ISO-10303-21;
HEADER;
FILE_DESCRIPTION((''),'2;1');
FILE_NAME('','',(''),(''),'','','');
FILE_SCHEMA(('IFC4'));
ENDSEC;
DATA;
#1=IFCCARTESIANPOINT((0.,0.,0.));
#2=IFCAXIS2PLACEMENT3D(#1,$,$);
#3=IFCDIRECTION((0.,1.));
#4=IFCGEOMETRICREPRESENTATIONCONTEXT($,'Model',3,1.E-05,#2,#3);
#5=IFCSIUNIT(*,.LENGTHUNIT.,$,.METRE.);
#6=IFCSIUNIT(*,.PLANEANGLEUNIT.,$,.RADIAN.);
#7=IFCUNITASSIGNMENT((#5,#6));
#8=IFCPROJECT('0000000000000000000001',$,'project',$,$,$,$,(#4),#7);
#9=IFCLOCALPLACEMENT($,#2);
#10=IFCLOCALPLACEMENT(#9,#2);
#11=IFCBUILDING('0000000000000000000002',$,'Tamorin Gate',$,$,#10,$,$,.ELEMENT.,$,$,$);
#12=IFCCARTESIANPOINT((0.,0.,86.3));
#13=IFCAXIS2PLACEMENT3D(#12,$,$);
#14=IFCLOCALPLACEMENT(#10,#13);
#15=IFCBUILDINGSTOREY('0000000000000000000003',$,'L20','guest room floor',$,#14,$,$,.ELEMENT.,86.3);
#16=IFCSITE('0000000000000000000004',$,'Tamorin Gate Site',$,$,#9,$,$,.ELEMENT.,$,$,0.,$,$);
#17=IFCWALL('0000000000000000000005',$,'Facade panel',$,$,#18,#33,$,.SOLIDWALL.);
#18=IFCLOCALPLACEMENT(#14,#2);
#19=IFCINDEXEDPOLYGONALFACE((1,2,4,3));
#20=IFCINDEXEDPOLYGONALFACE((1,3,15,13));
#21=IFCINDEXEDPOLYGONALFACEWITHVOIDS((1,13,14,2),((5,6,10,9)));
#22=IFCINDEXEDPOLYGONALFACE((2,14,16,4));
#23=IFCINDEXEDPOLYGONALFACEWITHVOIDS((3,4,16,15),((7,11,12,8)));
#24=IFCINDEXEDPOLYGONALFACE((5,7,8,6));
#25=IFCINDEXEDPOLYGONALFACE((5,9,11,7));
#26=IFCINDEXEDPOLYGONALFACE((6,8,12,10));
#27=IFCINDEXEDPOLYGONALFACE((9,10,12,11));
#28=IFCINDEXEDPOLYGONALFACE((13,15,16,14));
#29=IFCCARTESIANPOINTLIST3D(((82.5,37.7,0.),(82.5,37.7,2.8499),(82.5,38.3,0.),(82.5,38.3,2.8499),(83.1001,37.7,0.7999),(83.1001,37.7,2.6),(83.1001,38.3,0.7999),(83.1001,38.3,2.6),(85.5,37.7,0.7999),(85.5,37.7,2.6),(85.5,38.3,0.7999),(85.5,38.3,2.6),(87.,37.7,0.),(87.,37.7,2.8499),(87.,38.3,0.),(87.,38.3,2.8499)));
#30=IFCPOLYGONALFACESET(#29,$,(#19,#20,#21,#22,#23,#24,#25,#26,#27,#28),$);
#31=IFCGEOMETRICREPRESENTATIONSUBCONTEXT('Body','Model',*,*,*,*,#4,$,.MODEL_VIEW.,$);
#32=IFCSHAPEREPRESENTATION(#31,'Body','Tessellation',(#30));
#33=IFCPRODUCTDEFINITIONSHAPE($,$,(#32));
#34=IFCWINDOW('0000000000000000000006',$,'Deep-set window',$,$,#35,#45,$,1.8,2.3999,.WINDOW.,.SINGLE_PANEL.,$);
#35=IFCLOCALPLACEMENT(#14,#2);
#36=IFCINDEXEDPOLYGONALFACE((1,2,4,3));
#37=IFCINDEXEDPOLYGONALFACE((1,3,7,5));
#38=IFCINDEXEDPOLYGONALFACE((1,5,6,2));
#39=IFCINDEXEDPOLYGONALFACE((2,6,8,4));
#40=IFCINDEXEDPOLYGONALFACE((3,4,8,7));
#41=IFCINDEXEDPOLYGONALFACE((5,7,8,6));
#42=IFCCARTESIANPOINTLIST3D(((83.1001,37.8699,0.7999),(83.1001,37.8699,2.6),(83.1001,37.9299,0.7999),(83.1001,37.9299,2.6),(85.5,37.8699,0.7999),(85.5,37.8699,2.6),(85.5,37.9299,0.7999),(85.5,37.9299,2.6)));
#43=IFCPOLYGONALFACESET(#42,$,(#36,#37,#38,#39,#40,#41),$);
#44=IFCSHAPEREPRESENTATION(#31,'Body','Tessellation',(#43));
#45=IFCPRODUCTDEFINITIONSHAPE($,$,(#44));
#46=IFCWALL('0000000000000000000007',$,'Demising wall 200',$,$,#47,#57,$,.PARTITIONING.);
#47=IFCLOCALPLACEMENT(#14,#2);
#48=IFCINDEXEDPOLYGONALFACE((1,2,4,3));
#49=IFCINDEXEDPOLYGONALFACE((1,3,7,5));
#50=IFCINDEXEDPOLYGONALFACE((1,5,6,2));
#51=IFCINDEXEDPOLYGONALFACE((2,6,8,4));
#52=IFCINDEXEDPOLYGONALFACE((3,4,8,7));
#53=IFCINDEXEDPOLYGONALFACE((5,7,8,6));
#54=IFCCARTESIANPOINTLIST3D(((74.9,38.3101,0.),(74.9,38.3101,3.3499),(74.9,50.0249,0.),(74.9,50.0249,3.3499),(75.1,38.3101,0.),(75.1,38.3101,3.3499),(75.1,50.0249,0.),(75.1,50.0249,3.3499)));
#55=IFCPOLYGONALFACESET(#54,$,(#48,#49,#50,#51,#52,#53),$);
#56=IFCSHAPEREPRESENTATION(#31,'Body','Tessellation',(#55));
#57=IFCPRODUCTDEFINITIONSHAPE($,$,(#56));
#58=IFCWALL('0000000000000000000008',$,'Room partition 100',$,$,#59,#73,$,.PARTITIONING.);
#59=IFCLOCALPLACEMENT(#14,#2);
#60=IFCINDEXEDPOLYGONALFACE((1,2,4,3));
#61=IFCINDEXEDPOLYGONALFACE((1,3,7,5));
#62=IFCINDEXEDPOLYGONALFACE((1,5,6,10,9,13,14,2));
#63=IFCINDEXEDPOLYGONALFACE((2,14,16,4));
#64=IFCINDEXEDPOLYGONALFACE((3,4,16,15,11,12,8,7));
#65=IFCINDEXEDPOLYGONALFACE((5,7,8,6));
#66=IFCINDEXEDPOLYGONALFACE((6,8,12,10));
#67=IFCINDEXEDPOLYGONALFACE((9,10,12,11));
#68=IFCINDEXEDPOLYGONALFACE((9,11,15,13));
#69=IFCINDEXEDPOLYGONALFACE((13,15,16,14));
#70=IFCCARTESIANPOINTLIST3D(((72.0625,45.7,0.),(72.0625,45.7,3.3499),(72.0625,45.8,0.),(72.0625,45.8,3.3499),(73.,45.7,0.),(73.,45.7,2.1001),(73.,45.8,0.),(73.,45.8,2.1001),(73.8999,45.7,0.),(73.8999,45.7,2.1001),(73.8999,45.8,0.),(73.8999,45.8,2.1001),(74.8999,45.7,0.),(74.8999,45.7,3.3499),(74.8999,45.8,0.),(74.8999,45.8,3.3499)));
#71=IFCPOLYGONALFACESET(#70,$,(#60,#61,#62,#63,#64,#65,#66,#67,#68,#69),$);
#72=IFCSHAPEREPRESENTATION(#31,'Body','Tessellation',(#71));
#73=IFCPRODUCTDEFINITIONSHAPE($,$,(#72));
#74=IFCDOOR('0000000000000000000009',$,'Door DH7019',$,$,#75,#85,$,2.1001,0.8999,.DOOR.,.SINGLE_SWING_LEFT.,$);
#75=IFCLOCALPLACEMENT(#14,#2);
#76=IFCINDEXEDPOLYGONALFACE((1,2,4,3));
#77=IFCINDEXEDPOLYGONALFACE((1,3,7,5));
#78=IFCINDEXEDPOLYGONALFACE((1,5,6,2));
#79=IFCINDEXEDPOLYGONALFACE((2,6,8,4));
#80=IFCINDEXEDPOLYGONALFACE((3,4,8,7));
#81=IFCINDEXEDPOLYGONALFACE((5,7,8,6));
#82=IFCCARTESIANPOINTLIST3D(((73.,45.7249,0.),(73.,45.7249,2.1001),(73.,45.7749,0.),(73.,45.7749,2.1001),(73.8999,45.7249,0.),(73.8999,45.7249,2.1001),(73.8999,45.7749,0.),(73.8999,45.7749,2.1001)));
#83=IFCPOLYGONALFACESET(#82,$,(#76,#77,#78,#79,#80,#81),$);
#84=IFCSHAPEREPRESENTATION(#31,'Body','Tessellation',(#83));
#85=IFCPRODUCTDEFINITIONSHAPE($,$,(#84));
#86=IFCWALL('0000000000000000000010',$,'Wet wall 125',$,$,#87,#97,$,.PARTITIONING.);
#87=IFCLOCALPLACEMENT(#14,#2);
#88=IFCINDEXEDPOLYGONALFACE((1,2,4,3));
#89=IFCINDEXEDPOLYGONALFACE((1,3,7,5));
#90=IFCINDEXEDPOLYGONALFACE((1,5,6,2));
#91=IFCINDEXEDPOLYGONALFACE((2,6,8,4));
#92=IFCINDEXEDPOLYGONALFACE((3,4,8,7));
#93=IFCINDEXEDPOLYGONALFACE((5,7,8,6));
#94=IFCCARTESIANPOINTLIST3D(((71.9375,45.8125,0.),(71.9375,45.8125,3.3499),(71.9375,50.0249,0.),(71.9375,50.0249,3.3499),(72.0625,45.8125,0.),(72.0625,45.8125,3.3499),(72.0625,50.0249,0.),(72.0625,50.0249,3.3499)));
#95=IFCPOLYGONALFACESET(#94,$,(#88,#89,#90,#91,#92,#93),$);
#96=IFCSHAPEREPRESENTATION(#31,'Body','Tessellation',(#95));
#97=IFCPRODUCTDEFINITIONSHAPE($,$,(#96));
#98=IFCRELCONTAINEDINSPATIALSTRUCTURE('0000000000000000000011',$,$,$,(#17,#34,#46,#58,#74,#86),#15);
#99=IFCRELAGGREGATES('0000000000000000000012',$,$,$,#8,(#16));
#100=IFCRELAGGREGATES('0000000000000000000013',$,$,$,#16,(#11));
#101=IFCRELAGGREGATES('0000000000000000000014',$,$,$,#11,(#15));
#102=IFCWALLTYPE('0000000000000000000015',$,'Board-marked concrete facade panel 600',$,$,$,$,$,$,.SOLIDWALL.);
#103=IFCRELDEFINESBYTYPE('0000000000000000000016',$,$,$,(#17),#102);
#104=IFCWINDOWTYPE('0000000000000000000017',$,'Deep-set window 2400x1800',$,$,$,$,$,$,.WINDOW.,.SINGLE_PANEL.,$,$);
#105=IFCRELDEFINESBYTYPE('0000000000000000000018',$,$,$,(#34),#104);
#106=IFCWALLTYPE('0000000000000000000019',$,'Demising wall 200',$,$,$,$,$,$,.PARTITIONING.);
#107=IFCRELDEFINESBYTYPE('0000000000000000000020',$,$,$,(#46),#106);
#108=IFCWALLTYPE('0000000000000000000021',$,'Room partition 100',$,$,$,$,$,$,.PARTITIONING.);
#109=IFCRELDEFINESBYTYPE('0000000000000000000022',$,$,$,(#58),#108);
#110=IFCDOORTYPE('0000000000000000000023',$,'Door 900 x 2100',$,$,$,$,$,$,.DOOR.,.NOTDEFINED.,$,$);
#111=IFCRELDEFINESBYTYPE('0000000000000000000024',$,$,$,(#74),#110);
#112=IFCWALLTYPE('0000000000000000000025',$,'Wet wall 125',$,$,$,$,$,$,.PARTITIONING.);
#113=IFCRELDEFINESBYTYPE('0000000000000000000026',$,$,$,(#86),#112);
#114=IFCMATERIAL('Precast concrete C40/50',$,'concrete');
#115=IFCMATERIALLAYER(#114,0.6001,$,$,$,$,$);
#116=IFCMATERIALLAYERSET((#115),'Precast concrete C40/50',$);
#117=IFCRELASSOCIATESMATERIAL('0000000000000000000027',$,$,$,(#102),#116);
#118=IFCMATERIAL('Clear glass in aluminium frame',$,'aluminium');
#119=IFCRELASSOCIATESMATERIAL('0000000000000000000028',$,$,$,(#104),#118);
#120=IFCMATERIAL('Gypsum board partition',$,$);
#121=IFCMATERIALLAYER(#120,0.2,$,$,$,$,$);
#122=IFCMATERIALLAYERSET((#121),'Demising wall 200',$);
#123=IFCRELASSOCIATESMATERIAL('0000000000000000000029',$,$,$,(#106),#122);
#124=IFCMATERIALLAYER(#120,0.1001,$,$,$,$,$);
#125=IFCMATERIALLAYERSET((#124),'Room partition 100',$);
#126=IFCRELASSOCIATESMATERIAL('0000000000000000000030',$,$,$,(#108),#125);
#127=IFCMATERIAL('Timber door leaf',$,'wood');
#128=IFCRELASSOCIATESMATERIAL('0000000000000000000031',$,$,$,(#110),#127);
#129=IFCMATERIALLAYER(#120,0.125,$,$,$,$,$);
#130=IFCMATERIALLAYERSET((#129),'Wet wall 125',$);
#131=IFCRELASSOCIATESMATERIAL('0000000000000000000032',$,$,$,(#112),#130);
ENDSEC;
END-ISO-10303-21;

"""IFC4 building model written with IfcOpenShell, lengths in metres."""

from ifc_helpers import new_model, si_unit, direction, frame, frame_2d, origin, place, context, subcontext, project, spatial, rectangle, extrude, material, layer, layer_set, type_object, element, fill, save


model = new_model("IFC4")

# Units and contexts
model_context = context("Model", 3, precision=1e-05, world=origin(), true_north=direction((0.0, 1.0)))
body_context = subcontext(model_context, "Body", "Model", "MODEL_VIEW")
ifc_project = project(units=[si_unit("LENGTHUNIT", "METRE"), si_unit("PLANEANGLEUNIT", "RADIAN")], contexts=[model_context])

# Site, building, storey
site_placement = place(None, origin())
site = spatial("IfcSite", under=ifc_project, at=site_placement, Name="Tamorin Gate Site", CompositionType="ELEMENT", RefElevation=0.0)
building_placement = place(site_placement, origin())
building = spatial("IfcBuilding", under=site, at=building_placement, Name="Tamorin Gate", CompositionType="ELEMENT")
storey_placement = place(building_placement, frame((0.0, 0.0, 86.3)))
storey = spatial("IfcBuildingStorey", under=building, at=storey_placement, Name="L20", Description="guest room floor", CompositionType="ELEMENT", Elevation=86.3)

# Shared definitions
ifc_material_1 = material(Name="Precast concrete C40/50", Category="concrete")
ifc_layer_1 = layer(ifc_material_1, 0.6001)
ifc_layer_set_1 = layer_set([ifc_layer_1], Name="Precast concrete C40/50")
wall_type_1 = type_object("IfcWallType", Name="Board-marked concrete facade panel 600", PredefinedType="SOLIDWALL", material=ifc_layer_set_1)
ifc_material_2 = material(Name="Clear glass in aluminium frame", Category="aluminium")
window_type = type_object("IfcWindowType", Name="Deep-set window 2400x1800", PartitioningType="SINGLE_PANEL", PredefinedType="WINDOW", material=ifc_material_2)

# Wall, opening, window
wall_1_placement = place(storey_placement, frame((82.5, 38.0, 0.0), z_axis=(0.0, 0.0, 1.0), x_axis=(1.0, 0.0, 0.0)))
wall_1 = element("IfcWall", 1, at=wall_1_placement, inside=storey, type_object=wall_type_1, Name="Facade panel", PredefinedType="SOLIDWALL", context=body_context, shape_type="SweptSolid", body=[
    extrude(rectangle(XDim=4.5, YDim=0.6001, at=frame_2d((2.25, 0.0))), origin(), (0.0, 0.0, 1.0), 2.8499),
])
opening_1_placement = place(wall_1_placement, frame((0.6001, 0.0, 0.8)))
opening_1 = element("IfcOpeningElement", 2, at=opening_1_placement, cuts=wall_1, PredefinedType="OPENING", context=body_context, shape_type="SweptSolid", body=[
    extrude(rectangle(XDim=2.3999, YDim=1.8, at=frame_2d((1.2, 0.8999))), frame((0.0, 0.3101, 0.0), z_axis=(0.0, -1.0, 0.0), x_axis=(1.0, 0.0, 0.0)), (0.0, 0.0, 1.0), 0.6201),
])
window_1_placement = place(opening_1_placement, origin())
window_1 = element("IfcWindow", 3, at=window_1_placement, inside=storey, type_object=window_type, Name="Deep-set window", OverallHeight=1.8, OverallWidth=2.3999, PartitioningType="SINGLE_PANEL", PredefinedType="WINDOW", context=body_context, shape_type="SweptSolid", body=[
    extrude(rectangle(XDim=2.3999, YDim=1.8, at=frame_2d((1.2, 0.8999))), frame((0.0, -0.0701, 0.0), z_axis=(0.0, -1.0, 0.0), x_axis=(1.0, 0.0, 0.0)), (0.0, 0.0, 1.0), 0.0601),
])
fill(opening_1, window_1)

# Wall
ifc_material_3 = material(Name="Gypsum board partition")
ifc_layer_2 = layer(ifc_material_3, 0.2)
ifc_layer_set_2 = layer_set([ifc_layer_2], Name="Demising wall 200")
wall_type_2 = type_object("IfcWallType", Name="Demising wall 200", PredefinedType="PARTITIONING", material=ifc_layer_set_2)
wall_2_placement = place(storey_placement, frame((75.0, 38.3101, 0.0), z_axis=(0.0, 0.0, 1.0), x_axis=(0.0, 1.0, 0.0)))
element("IfcWall", 4, at=wall_2_placement, inside=storey, type_object=wall_type_2, Name="Demising wall 200", PredefinedType="PARTITIONING", context=body_context, shape_type="SweptSolid", body=[
    extrude(rectangle(XDim=11.7148, YDim=0.2, at=frame_2d((5.8574, 0.0))), origin(), (0.0, 0.0, 1.0), 3.3499),
])

# Wall, opening, door
ifc_layer_3 = layer(ifc_material_3, 0.1001)
ifc_layer_set_3 = layer_set([ifc_layer_3], Name="Room partition 100")
wall_type_3 = type_object("IfcWallType", Name="Room partition 100", PredefinedType="PARTITIONING", material=ifc_layer_set_3)
wall_3_placement = place(storey_placement, frame((72.0625, 45.75, 0.0), z_axis=(0.0, 0.0, 1.0), x_axis=(1.0, 0.0, 0.0)))
wall_3 = element("IfcWall", 5, at=wall_3_placement, inside=storey, type_object=wall_type_3, Name="Room partition 100", PredefinedType="PARTITIONING", context=body_context, shape_type="SweptSolid", body=[
    extrude(rectangle(XDim=2.8374, YDim=0.1001, at=frame_2d((1.4187, 0.0))), origin(), (0.0, 0.0, 1.0), 3.3499),
])
opening_2_placement = place(wall_3_placement, frame((0.9375, 0.0, 0.0)))
opening_2 = element("IfcOpeningElement", 6, at=opening_2_placement, cuts=wall_3, PredefinedType="OPENING", context=body_context, shape_type="SweptSolid", body=[
    extrude(rectangle(XDim=0.8999, YDim=2.1001, at=frame_2d((0.45, 1.05))), frame((0.0, 0.0601, 0.0), z_axis=(0.0, -1.0, 0.0), x_axis=(1.0, 0.0, 0.0)), (0.0, 0.0, 1.0), 0.1201),
])
ifc_material_4 = material(Name="Timber door leaf", Category="wood")
door_type = type_object("IfcDoorType", Name="Door 900 x 2100", OperationType="NOTDEFINED", PredefinedType="DOOR", material=ifc_material_4)
door_placement = place(opening_2_placement, origin())
door = element("IfcDoor", 7, at=door_placement, inside=storey, type_object=door_type, Name="Door DH7019", OperationType="SINGLE_SWING_LEFT", OverallHeight=2.1001, OverallWidth=0.8999, PredefinedType="DOOR", context=body_context, shape_type="SweptSolid", body=[
    extrude(rectangle(XDim=0.8999, YDim=2.1001, at=frame_2d((0.45, 1.05))), frame((0.0, 0.0249, 0.0), z_axis=(0.0, -1.0, 0.0), x_axis=(1.0, 0.0, 0.0)), (0.0, 0.0, 1.0), 0.05),
])
fill(opening_2, door)

# Wall
ifc_layer_4 = layer(ifc_material_3, 0.125)
ifc_layer_set_4 = layer_set([ifc_layer_4], Name="Wet wall 125")
wall_type_4 = type_object("IfcWallType", Name="Wet wall 125", PredefinedType="PARTITIONING", material=ifc_layer_set_4)
wall_4_placement = place(storey_placement, frame((72.0, 45.8125, 0.0), z_axis=(0.0, 0.0, 1.0), x_axis=(0.0, 1.0, 0.0)))
element("IfcWall", 8, at=wall_4_placement, inside=storey, type_object=wall_type_4, Name="Wet wall 125", PredefinedType="PARTITIONING", context=body_context, shape_type="SweptSolid", body=[
    extrude(rectangle(XDim=4.2124, YDim=0.125, at=frame_2d((2.1062, 0.0))), origin(), (0.0, 0.0, 1.0), 3.3499),
])

save(model, "model.ifc")
